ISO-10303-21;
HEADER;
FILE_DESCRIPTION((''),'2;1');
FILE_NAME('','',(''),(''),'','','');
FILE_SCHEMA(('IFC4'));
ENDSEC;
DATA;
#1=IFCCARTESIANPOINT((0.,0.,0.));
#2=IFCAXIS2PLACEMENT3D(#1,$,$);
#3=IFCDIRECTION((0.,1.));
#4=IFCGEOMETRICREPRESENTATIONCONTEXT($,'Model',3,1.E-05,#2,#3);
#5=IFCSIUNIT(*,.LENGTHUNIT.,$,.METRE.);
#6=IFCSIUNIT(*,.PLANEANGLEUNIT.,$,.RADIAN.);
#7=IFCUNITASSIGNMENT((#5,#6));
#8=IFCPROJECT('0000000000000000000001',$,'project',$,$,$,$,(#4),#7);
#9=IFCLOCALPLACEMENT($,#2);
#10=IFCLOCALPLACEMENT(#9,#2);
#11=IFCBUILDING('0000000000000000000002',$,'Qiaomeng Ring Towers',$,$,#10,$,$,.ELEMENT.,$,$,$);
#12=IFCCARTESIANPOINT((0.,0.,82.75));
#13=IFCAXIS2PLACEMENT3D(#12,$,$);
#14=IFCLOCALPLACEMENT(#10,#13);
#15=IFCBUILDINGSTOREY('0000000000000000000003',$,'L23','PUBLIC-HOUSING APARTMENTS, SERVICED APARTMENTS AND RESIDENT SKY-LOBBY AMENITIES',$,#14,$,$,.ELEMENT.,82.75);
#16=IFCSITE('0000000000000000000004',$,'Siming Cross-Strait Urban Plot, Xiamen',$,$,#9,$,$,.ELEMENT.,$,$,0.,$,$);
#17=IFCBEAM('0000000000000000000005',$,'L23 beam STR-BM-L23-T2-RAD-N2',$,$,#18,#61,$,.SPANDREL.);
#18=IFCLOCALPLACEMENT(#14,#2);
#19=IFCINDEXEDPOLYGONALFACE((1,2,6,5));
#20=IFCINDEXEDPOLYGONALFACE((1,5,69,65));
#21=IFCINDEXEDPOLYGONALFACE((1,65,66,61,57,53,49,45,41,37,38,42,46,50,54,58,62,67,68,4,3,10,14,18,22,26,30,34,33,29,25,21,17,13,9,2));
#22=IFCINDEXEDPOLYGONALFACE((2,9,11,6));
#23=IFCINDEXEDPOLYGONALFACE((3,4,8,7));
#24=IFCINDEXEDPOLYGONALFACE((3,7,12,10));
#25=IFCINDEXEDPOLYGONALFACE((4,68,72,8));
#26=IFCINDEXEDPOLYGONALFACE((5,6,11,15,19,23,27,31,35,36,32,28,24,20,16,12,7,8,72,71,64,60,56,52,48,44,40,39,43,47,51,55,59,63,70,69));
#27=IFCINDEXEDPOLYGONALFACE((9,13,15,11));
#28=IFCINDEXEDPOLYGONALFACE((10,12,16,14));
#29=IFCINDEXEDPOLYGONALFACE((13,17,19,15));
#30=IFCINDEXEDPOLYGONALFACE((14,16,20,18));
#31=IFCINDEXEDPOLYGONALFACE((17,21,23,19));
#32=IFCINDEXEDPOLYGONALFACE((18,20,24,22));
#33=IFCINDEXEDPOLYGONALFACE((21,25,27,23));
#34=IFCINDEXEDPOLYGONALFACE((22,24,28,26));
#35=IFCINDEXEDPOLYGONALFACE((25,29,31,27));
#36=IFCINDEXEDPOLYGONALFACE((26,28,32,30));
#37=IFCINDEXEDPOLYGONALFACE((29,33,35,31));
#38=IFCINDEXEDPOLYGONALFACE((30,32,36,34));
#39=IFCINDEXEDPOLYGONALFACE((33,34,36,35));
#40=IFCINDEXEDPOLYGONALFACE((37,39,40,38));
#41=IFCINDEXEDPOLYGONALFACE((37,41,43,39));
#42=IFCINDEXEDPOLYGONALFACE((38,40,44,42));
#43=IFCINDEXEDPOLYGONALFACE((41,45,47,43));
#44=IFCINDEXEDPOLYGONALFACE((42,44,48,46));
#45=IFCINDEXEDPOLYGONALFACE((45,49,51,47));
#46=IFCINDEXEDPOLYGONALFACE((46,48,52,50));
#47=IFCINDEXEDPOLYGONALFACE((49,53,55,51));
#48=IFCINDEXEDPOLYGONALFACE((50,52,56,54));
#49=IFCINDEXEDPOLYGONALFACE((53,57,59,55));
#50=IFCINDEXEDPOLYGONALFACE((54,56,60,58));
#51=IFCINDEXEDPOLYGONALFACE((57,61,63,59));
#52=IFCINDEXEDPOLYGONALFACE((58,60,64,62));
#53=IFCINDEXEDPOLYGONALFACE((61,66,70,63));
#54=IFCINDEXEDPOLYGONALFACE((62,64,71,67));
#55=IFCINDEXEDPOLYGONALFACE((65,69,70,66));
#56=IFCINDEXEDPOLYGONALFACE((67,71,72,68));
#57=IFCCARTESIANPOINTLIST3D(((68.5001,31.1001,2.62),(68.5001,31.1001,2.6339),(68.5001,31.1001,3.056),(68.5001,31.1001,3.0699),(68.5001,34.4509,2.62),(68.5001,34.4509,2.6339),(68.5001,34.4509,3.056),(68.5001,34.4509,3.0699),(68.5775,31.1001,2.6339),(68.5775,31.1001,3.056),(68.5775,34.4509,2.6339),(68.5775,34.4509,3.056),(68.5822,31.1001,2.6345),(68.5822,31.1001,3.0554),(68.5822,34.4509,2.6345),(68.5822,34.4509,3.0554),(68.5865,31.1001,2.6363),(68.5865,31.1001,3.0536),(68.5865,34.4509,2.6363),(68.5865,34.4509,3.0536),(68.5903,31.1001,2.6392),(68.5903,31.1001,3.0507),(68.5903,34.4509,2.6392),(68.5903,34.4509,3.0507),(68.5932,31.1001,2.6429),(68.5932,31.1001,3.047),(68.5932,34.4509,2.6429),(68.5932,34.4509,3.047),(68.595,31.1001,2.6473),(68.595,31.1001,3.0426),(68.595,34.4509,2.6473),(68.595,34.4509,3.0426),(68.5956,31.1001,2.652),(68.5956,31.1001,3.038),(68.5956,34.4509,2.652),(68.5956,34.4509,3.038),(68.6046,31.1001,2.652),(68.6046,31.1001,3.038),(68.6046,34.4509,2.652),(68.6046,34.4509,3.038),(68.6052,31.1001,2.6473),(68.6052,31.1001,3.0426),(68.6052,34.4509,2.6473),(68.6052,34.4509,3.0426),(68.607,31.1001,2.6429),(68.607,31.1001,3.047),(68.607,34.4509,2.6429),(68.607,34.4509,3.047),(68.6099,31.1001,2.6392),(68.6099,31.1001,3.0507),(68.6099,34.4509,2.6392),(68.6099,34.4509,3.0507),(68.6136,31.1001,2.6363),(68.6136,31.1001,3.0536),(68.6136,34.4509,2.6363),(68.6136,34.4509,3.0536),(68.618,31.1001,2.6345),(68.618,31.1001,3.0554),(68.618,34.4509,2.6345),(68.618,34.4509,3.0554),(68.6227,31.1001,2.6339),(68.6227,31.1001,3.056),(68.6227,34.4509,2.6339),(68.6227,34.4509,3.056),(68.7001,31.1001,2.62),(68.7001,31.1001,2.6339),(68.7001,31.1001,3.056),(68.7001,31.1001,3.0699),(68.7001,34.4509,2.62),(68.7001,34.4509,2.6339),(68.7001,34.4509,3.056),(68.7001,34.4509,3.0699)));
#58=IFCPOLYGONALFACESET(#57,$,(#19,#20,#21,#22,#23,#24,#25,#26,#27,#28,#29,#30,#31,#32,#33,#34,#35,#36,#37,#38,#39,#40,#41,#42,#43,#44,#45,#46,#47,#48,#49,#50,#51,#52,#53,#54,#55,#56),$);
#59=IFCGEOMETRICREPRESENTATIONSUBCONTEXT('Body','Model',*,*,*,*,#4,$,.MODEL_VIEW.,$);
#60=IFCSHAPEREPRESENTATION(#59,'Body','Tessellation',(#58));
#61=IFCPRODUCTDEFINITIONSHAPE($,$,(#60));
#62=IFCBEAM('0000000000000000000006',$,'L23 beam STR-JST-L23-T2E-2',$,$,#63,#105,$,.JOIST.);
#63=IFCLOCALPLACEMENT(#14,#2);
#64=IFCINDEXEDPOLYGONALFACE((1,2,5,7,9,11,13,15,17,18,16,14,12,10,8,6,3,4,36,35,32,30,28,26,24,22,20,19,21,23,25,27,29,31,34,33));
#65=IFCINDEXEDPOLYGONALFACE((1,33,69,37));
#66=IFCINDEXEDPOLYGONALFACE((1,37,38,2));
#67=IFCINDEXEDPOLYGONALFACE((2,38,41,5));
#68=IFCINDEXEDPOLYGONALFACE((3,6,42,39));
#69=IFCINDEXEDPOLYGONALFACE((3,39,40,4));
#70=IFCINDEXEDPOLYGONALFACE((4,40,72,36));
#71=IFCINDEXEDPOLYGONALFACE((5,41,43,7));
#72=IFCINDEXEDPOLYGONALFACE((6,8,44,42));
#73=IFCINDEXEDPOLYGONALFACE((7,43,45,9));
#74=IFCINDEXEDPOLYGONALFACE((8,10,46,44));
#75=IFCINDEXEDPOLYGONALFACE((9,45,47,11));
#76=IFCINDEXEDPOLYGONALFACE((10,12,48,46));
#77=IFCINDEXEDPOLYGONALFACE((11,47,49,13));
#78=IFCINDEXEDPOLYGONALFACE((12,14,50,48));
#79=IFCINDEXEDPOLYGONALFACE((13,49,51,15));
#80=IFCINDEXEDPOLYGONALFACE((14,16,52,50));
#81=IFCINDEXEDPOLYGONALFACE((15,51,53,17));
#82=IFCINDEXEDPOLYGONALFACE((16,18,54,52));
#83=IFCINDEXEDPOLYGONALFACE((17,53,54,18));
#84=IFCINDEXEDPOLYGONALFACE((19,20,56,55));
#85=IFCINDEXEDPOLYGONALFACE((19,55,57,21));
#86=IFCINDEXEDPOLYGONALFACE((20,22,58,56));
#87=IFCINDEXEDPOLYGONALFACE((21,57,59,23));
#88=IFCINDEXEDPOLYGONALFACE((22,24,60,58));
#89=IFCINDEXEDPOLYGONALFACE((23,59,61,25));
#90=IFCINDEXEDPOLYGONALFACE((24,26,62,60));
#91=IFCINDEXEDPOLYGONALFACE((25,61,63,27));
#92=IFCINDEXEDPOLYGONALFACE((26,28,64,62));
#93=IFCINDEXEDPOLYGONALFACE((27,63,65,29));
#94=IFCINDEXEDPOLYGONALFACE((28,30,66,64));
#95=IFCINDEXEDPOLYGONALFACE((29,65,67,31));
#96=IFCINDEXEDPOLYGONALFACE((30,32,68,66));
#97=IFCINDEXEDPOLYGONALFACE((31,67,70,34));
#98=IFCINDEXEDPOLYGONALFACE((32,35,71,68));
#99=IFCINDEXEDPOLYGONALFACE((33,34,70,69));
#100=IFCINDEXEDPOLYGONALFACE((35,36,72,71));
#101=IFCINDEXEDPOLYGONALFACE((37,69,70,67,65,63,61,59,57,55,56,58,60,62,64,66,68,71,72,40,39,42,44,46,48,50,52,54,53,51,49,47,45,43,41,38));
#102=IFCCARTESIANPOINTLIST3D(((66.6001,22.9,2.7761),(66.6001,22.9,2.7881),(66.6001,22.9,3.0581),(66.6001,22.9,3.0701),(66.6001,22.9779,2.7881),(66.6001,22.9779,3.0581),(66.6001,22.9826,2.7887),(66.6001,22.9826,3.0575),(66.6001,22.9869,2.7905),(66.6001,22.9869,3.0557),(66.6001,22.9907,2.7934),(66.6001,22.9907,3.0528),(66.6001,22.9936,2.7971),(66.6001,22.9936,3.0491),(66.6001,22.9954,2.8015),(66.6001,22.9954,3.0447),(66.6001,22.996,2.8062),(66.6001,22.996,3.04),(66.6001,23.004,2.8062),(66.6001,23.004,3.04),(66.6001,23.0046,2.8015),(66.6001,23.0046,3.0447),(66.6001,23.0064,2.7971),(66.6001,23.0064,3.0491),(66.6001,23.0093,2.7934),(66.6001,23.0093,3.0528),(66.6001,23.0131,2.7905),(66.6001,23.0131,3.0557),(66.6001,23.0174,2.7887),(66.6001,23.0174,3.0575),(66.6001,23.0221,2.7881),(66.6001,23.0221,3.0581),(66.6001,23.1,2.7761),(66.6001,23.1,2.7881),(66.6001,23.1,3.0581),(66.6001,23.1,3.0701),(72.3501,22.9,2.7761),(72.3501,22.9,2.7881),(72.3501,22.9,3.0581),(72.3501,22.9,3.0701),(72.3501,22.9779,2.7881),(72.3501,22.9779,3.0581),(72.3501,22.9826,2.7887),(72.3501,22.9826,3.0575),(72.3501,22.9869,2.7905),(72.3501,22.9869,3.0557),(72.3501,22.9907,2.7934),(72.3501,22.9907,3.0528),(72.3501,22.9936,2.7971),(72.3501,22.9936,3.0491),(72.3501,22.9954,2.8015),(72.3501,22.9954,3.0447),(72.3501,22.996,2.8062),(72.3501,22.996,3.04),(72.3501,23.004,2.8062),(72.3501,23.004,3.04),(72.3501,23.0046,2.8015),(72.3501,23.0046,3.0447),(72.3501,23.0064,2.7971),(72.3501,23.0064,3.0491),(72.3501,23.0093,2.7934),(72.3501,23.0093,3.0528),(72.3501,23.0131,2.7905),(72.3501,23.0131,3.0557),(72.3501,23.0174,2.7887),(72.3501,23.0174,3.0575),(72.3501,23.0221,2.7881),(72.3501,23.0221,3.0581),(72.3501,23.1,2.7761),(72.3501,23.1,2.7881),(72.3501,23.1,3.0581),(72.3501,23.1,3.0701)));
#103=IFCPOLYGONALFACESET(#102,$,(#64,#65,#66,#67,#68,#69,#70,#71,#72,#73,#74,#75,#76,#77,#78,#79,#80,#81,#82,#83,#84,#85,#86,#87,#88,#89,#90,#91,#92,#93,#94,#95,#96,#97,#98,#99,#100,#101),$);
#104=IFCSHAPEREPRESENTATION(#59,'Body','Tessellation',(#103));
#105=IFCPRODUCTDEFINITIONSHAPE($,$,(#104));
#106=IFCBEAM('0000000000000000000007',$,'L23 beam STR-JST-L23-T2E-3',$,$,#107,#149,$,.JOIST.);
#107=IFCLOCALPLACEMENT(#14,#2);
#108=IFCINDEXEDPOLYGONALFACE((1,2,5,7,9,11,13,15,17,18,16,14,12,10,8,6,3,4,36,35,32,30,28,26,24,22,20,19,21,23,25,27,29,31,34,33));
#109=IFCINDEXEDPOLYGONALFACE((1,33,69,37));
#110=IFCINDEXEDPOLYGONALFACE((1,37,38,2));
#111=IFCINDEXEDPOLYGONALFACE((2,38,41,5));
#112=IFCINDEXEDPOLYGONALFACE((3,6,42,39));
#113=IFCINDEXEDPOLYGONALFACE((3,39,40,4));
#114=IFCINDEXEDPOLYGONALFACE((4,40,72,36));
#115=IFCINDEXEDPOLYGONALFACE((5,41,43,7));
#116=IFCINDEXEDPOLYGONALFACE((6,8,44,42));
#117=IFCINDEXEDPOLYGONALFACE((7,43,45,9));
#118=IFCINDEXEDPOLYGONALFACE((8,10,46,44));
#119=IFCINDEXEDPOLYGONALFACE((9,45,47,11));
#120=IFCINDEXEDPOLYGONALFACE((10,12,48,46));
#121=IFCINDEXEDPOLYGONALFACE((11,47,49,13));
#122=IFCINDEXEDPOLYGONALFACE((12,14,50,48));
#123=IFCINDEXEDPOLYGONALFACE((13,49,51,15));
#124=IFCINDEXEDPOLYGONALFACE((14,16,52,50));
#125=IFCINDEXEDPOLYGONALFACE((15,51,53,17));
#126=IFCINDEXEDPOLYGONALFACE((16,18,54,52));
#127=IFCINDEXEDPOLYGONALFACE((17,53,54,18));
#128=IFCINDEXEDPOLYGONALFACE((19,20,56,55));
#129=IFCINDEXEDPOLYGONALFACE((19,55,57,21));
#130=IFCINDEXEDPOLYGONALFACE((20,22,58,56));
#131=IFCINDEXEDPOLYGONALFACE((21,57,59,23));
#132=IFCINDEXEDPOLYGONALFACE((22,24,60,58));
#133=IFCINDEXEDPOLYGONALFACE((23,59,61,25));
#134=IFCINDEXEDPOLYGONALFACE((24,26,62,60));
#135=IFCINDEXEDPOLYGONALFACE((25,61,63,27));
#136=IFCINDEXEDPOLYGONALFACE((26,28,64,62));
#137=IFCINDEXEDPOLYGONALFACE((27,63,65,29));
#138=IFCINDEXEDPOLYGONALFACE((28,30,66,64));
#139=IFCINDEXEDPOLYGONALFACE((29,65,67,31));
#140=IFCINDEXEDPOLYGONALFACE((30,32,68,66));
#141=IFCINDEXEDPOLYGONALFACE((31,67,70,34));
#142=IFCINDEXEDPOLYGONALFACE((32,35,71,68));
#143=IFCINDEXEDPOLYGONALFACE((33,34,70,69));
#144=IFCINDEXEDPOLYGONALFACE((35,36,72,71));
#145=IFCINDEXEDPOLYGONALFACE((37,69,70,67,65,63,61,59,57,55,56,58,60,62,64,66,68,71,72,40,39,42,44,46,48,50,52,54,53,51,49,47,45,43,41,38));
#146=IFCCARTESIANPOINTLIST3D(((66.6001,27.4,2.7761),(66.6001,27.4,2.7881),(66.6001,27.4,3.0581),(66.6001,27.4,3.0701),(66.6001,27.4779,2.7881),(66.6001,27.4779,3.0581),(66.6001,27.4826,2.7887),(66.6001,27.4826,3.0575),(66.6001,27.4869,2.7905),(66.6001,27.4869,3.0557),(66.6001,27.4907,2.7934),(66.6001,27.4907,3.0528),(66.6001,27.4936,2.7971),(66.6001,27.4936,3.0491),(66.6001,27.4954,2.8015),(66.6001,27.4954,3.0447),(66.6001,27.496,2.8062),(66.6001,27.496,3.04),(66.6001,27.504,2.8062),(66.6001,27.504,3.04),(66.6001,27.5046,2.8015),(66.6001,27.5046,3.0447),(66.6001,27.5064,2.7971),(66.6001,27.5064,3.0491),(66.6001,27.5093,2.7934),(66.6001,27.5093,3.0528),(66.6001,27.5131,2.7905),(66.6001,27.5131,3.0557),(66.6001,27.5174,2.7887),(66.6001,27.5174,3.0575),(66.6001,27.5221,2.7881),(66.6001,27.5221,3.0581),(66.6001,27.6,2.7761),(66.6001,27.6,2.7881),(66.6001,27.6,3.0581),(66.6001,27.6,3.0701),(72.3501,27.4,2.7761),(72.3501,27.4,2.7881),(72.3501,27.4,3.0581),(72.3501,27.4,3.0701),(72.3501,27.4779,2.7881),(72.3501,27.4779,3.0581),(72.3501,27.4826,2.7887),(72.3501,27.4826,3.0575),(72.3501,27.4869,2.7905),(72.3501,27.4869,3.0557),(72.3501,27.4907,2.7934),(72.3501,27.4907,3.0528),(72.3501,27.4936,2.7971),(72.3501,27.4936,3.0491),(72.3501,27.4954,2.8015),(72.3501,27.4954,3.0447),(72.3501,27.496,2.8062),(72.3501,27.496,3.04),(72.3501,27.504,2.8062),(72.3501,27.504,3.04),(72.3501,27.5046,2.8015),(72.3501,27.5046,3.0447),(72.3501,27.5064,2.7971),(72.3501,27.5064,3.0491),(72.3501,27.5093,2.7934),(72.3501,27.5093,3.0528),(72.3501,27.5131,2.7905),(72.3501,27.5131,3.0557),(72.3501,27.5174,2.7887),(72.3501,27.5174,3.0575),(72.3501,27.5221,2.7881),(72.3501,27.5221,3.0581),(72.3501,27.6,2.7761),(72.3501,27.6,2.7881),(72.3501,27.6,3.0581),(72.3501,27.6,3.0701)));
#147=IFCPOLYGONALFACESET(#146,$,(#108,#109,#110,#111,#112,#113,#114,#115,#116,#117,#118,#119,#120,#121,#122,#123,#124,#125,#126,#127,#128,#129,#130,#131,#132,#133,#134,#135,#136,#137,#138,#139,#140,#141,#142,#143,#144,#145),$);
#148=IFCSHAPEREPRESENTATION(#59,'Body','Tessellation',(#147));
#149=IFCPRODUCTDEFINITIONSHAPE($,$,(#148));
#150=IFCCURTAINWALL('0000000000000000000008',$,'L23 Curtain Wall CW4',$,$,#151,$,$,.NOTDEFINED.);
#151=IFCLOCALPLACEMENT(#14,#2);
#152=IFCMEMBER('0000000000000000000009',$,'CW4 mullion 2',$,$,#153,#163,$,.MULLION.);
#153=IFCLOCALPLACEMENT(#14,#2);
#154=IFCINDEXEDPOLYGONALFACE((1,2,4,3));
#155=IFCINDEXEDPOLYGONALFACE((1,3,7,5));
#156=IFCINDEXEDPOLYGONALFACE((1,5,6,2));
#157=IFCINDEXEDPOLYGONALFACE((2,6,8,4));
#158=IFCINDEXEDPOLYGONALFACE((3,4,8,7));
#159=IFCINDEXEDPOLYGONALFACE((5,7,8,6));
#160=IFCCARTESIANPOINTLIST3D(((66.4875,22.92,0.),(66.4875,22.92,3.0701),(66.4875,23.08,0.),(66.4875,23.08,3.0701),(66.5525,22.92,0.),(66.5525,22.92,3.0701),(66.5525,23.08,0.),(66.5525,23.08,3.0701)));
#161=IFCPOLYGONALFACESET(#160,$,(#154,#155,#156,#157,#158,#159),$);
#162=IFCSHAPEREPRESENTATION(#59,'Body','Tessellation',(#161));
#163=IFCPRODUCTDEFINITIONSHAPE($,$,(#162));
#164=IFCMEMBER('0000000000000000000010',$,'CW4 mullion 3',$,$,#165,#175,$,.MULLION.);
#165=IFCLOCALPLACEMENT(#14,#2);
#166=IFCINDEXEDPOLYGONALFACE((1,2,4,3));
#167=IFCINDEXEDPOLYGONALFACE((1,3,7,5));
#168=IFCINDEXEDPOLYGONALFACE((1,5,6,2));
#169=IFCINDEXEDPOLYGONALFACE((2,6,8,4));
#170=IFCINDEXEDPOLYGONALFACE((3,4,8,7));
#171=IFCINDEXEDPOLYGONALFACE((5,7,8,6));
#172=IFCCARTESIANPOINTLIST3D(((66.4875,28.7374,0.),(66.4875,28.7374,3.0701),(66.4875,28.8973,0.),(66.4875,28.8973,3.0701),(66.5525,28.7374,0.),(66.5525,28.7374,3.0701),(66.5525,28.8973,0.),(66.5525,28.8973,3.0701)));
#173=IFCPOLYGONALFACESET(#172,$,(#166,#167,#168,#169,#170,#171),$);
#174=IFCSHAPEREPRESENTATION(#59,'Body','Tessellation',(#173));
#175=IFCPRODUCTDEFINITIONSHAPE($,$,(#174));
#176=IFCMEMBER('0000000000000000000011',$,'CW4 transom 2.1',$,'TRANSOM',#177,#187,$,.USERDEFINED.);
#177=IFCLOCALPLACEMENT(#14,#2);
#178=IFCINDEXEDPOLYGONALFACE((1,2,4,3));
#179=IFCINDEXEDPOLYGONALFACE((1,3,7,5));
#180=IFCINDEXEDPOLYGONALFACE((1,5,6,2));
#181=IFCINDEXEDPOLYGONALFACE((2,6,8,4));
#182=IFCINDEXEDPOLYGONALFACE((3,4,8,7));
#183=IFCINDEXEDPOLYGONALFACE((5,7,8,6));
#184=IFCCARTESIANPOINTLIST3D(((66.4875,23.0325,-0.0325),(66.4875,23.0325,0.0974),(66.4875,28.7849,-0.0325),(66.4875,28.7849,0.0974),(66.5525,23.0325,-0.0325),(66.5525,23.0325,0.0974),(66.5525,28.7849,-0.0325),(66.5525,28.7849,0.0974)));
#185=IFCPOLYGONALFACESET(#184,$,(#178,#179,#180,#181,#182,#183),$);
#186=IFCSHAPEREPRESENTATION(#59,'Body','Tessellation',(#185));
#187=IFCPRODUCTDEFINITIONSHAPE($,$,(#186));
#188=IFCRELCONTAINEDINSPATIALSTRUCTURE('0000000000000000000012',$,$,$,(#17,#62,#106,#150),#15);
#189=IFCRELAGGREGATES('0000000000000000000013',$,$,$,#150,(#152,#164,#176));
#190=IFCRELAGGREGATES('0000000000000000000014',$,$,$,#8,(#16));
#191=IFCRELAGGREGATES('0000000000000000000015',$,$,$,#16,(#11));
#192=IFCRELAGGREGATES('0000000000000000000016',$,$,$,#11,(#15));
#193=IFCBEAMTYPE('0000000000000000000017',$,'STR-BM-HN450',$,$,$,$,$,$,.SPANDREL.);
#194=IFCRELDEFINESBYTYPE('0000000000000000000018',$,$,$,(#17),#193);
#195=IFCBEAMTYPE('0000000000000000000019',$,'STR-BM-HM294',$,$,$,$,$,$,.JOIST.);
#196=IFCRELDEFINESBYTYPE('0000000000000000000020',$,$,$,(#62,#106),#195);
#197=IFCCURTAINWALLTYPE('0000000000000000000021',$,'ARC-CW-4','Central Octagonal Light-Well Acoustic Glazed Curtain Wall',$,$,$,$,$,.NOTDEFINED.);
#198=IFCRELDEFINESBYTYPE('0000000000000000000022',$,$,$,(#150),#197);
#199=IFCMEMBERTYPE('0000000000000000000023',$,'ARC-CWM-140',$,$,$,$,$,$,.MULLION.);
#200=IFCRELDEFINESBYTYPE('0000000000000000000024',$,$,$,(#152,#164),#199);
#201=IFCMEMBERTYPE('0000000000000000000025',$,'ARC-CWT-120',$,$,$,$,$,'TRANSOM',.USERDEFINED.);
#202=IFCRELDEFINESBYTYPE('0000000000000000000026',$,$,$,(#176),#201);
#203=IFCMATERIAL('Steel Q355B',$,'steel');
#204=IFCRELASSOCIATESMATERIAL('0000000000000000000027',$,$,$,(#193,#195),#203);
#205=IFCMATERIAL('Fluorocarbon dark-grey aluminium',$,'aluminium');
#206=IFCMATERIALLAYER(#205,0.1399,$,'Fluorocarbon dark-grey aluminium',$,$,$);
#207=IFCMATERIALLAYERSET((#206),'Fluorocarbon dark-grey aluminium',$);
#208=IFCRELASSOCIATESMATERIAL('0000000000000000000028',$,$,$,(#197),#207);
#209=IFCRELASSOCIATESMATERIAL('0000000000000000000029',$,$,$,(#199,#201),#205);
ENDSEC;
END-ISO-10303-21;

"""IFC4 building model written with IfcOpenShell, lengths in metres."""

from ifc_helpers import new_model, si_unit, direction, frame, origin, origin_2d, place, context, subcontext, project, spatial, rectangle, i_section, extrude, source, transform, mapped, material, layer, layer_set, material_profile, profile_set, type_object, element, aggregate, save


model = new_model("IFC4")

# Units and contexts
model_context = context("Model", 3, precision=1e-05, world=origin(), true_north=direction((0.0, 1.0)))
body_context = subcontext(model_context, "Body", "Model", "MODEL_VIEW")
ifc_project = project(units=[si_unit("LENGTHUNIT", "METRE"), si_unit("PLANEANGLEUNIT", "RADIAN")], contexts=[model_context])

# Site, building, storey
site_placement = place(None, origin())
site = spatial("IfcSite", under=ifc_project, at=site_placement, Name="Siming Cross-Strait Urban Plot, Xiamen", CompositionType="ELEMENT", RefElevation=0.0)
building_placement = place(site_placement, origin())
building = spatial("IfcBuilding", under=site, at=building_placement, Name="Qiaomeng Ring Towers", CompositionType="ELEMENT")
storey_placement = place(building_placement, frame((0.0, 0.0, 82.75)))
storey = spatial("IfcBuildingStorey", under=building, at=storey_placement, Name="L23", Description="PUBLIC-HOUSING APARTMENTS, SERVICED APARTMENTS AND RESIDENT SKY-LOBBY AMENITIES", CompositionType="ELEMENT", Elevation=82.75)

# Beams
ifc_material_1 = material(Name="Steel Q355B", Category="steel")
ifc_material_profile_1 = material_profile(ifc_material_1, i_section(OverallWidth=0.2, OverallDepth=0.45, WebThickness=0.009, FlangeThickness=0.0139, FilletRadius=0.0181, at=origin_2d()), Name="HN 450x200x9x14")
ifc_profile_set_1 = profile_set([ifc_material_profile_1], Name="Steel Q355B")
beam_type_1 = type_object("IfcBeamType", Name="STR-BM-HN450", PredefinedType="SPANDREL", material=ifc_profile_set_1)
shared_shape_1 = source(origin(), body_context, "Body", "SweptSolid", [
    extrude(i_section(OverallWidth=0.2, OverallDepth=0.45, WebThickness=0.009, FlangeThickness=0.0139, FilletRadius=0.0181, at=origin_2d()), origin(), (0.0, 0.0, 1.0), 3.3508),
])
beam_1_placement = place(storey_placement, frame((68.6001, 34.4509, 2.845), z_axis=(0.0, -1.0, 0.0), x_axis=(1.0, 0.0, 0.0)))
element("IfcBeam", 1, at=beam_1_placement, inside=storey, type_object=beam_type_1, Name="L23 beam STR-BM-L23-T2-RAD-N2", PredefinedType="SPANDREL", context=body_context, shape_type="MappedRepresentation", body=[
    mapped(shared_shape_1, transform((0.0, 0.0, 0.0), x_axis=(1.0, 0.0, 0.0), y_axis=(0.0, 1.0, 0.0), z_axis=(0.0, 0.0, 1.0), scale=1.0)),
])
ifc_material_profile_2 = material_profile(ifc_material_1, i_section(OverallWidth=0.2, OverallDepth=0.2939, WebThickness=0.0081, FlangeThickness=0.012, FilletRadius=0.0181, at=origin_2d()), Name="HM 294x200x8x12")
ifc_profile_set_2 = profile_set([ifc_material_profile_2], Name="Steel Q355B")
beam_type_2 = type_object("IfcBeamType", Name="STR-BM-HM294", PredefinedType="JOIST", material=ifc_profile_set_2)
shared_shape_2 = source(origin(), body_context, "Body", "SweptSolid", [
    extrude(i_section(OverallWidth=0.2, OverallDepth=0.2939, WebThickness=0.0081, FlangeThickness=0.012, FilletRadius=0.0181, at=origin_2d()), origin(), (0.0, 0.0, 1.0), 5.75),
])
for number, where, z_axis, x_axis, name in (
    (2, (66.6001, 23.0, 2.9231), (1.0, 0.0, 0.0), (0.0, 1.0, 0.0), "L23 beam STR-JST-L23-T2E-2"),
    (3, (66.6001, 27.5, 2.9231), (1.0, 0.0, 0.0), (0.0, 1.0, 0.0), "L23 beam STR-JST-L23-T2E-3"),
):
    element("IfcBeam", number, at=place(storey_placement, frame(where, z_axis=z_axis, x_axis=x_axis)), inside=storey, type_object=beam_type_2, Name=name, PredefinedType="JOIST", context=body_context, shape_type="MappedRepresentation", body=[
        mapped(shared_shape_2, transform((0.0, 0.0, 0.0), x_axis=(1.0, 0.0, 0.0), y_axis=(0.0, 1.0, 0.0), z_axis=(0.0, 0.0, 1.0), scale=1.0)),
    ])

# Curtain wall, members
ifc_material_2 = material(Name="Fluorocarbon dark-grey aluminium", Category="aluminium")
ifc_layer_1 = layer(ifc_material_2, 0.1399, Name="Fluorocarbon dark-grey aluminium")
ifc_layer_set_1 = layer_set([ifc_layer_1], Name="Fluorocarbon dark-grey aluminium")
curtain_wall_type_1 = type_object("IfcCurtainWallType", Name="ARC-CW-4", Description="Central Octagonal Light-Well Acoustic Glazed Curtain Wall", PredefinedType="NOTDEFINED", material=ifc_layer_set_1)
curtain_wall_1_placement = place(storey_placement, origin())
curtain_wall_1 = element("IfcCurtainWall", 4, at=curtain_wall_1_placement, inside=storey, type_object=curtain_wall_type_1, Name="L23 Curtain Wall CW4", PredefinedType="NOTDEFINED")
ifc_material_profile_3 = material_profile(ifc_material_2, rectangle(XDim=0.0649, YDim=0.1599, at=origin_2d()), Name="ALU MULL 65x160")
ifc_profile_set_3 = profile_set([ifc_material_profile_3], Name="Fluorocarbon dark-grey aluminium")
member_type_1 = type_object("IfcMemberType", Name="ARC-CWM-140", PredefinedType="MULLION", material=ifc_profile_set_3)
shared_shape_3 = source(origin(), body_context, "Body", "SweptSolid", [
    extrude(rectangle(XDim=0.0649, YDim=0.1599, at=origin_2d()), origin(), (0.0, 0.0, 1.0), 3.0701),
])
member_1_placement = place(storey_placement, frame((66.52, 23.0, 0.0), z_axis=(0.0, 0.0, 1.0), x_axis=(-1.0, 0.0, 0.0)))
member_1 = element("IfcMember", 5, at=member_1_placement, type_object=member_type_1, Name="CW4 mullion 2", PredefinedType="MULLION", context=body_context, shape_type="MappedRepresentation", body=[
    mapped(shared_shape_3, transform((0.0, 0.0, 0.0), x_axis=(1.0, 0.0, 0.0), y_axis=(0.0, 1.0, 0.0), z_axis=(0.0, 0.0, 1.0), scale=1.0)),
])
member_2_placement = place(storey_placement, frame((66.52, 28.8174, 0.0), z_axis=(0.0, 0.0, 1.0), x_axis=(-1.0, 0.0, 0.0)))
member_2 = element("IfcMember", 6, at=member_2_placement, type_object=member_type_1, Name="CW4 mullion 3", PredefinedType="MULLION", context=body_context, shape_type="MappedRepresentation", body=[
    mapped(shared_shape_3, transform((0.0, 0.0, 0.0), x_axis=(1.0, 0.0, 0.0), y_axis=(0.0, 1.0, 0.0), z_axis=(0.0, 0.0, 1.0), scale=1.0)),
])
ifc_material_profile_4 = material_profile(ifc_material_2, rectangle(XDim=0.0649, YDim=0.1299, at=origin_2d()), Name="ALU TRAN 65x130")
ifc_profile_set_4 = profile_set([ifc_material_profile_4], Name="Fluorocarbon dark-grey aluminium")
member_type_2 = type_object("IfcMemberType", Name="ARC-CWT-120", ElementType="TRANSOM", PredefinedType="USERDEFINED", material=ifc_profile_set_4)
shared_shape_4 = source(origin(), body_context, "Body", "SweptSolid", [
    extrude(rectangle(XDim=0.0649, YDim=0.1299, at=origin_2d()), origin(), (0.0, 0.0, 1.0), 5.7524),
])
member_3_placement = place(storey_placement, frame((66.52, 23.0325, 0.0325), z_axis=(0.0, 1.0, 0.0), x_axis=(-1.0, 0.0, 0.0)))
member_3 = element("IfcMember", 7, at=member_3_placement, type_object=member_type_2, Name="CW4 transom 2.1", ObjectType="TRANSOM", PredefinedType="USERDEFINED", context=body_context, shape_type="MappedRepresentation", body=[
    mapped(shared_shape_4, transform((0.0, 0.0, 0.0), x_axis=(1.0, 0.0, 0.0), y_axis=(0.0, 1.0, 0.0), z_axis=(0.0, 0.0, 1.0), scale=1.0)),
])

aggregate(curtain_wall_1, [member_1, member_2, member_3])

save(model, "model.ifc")
